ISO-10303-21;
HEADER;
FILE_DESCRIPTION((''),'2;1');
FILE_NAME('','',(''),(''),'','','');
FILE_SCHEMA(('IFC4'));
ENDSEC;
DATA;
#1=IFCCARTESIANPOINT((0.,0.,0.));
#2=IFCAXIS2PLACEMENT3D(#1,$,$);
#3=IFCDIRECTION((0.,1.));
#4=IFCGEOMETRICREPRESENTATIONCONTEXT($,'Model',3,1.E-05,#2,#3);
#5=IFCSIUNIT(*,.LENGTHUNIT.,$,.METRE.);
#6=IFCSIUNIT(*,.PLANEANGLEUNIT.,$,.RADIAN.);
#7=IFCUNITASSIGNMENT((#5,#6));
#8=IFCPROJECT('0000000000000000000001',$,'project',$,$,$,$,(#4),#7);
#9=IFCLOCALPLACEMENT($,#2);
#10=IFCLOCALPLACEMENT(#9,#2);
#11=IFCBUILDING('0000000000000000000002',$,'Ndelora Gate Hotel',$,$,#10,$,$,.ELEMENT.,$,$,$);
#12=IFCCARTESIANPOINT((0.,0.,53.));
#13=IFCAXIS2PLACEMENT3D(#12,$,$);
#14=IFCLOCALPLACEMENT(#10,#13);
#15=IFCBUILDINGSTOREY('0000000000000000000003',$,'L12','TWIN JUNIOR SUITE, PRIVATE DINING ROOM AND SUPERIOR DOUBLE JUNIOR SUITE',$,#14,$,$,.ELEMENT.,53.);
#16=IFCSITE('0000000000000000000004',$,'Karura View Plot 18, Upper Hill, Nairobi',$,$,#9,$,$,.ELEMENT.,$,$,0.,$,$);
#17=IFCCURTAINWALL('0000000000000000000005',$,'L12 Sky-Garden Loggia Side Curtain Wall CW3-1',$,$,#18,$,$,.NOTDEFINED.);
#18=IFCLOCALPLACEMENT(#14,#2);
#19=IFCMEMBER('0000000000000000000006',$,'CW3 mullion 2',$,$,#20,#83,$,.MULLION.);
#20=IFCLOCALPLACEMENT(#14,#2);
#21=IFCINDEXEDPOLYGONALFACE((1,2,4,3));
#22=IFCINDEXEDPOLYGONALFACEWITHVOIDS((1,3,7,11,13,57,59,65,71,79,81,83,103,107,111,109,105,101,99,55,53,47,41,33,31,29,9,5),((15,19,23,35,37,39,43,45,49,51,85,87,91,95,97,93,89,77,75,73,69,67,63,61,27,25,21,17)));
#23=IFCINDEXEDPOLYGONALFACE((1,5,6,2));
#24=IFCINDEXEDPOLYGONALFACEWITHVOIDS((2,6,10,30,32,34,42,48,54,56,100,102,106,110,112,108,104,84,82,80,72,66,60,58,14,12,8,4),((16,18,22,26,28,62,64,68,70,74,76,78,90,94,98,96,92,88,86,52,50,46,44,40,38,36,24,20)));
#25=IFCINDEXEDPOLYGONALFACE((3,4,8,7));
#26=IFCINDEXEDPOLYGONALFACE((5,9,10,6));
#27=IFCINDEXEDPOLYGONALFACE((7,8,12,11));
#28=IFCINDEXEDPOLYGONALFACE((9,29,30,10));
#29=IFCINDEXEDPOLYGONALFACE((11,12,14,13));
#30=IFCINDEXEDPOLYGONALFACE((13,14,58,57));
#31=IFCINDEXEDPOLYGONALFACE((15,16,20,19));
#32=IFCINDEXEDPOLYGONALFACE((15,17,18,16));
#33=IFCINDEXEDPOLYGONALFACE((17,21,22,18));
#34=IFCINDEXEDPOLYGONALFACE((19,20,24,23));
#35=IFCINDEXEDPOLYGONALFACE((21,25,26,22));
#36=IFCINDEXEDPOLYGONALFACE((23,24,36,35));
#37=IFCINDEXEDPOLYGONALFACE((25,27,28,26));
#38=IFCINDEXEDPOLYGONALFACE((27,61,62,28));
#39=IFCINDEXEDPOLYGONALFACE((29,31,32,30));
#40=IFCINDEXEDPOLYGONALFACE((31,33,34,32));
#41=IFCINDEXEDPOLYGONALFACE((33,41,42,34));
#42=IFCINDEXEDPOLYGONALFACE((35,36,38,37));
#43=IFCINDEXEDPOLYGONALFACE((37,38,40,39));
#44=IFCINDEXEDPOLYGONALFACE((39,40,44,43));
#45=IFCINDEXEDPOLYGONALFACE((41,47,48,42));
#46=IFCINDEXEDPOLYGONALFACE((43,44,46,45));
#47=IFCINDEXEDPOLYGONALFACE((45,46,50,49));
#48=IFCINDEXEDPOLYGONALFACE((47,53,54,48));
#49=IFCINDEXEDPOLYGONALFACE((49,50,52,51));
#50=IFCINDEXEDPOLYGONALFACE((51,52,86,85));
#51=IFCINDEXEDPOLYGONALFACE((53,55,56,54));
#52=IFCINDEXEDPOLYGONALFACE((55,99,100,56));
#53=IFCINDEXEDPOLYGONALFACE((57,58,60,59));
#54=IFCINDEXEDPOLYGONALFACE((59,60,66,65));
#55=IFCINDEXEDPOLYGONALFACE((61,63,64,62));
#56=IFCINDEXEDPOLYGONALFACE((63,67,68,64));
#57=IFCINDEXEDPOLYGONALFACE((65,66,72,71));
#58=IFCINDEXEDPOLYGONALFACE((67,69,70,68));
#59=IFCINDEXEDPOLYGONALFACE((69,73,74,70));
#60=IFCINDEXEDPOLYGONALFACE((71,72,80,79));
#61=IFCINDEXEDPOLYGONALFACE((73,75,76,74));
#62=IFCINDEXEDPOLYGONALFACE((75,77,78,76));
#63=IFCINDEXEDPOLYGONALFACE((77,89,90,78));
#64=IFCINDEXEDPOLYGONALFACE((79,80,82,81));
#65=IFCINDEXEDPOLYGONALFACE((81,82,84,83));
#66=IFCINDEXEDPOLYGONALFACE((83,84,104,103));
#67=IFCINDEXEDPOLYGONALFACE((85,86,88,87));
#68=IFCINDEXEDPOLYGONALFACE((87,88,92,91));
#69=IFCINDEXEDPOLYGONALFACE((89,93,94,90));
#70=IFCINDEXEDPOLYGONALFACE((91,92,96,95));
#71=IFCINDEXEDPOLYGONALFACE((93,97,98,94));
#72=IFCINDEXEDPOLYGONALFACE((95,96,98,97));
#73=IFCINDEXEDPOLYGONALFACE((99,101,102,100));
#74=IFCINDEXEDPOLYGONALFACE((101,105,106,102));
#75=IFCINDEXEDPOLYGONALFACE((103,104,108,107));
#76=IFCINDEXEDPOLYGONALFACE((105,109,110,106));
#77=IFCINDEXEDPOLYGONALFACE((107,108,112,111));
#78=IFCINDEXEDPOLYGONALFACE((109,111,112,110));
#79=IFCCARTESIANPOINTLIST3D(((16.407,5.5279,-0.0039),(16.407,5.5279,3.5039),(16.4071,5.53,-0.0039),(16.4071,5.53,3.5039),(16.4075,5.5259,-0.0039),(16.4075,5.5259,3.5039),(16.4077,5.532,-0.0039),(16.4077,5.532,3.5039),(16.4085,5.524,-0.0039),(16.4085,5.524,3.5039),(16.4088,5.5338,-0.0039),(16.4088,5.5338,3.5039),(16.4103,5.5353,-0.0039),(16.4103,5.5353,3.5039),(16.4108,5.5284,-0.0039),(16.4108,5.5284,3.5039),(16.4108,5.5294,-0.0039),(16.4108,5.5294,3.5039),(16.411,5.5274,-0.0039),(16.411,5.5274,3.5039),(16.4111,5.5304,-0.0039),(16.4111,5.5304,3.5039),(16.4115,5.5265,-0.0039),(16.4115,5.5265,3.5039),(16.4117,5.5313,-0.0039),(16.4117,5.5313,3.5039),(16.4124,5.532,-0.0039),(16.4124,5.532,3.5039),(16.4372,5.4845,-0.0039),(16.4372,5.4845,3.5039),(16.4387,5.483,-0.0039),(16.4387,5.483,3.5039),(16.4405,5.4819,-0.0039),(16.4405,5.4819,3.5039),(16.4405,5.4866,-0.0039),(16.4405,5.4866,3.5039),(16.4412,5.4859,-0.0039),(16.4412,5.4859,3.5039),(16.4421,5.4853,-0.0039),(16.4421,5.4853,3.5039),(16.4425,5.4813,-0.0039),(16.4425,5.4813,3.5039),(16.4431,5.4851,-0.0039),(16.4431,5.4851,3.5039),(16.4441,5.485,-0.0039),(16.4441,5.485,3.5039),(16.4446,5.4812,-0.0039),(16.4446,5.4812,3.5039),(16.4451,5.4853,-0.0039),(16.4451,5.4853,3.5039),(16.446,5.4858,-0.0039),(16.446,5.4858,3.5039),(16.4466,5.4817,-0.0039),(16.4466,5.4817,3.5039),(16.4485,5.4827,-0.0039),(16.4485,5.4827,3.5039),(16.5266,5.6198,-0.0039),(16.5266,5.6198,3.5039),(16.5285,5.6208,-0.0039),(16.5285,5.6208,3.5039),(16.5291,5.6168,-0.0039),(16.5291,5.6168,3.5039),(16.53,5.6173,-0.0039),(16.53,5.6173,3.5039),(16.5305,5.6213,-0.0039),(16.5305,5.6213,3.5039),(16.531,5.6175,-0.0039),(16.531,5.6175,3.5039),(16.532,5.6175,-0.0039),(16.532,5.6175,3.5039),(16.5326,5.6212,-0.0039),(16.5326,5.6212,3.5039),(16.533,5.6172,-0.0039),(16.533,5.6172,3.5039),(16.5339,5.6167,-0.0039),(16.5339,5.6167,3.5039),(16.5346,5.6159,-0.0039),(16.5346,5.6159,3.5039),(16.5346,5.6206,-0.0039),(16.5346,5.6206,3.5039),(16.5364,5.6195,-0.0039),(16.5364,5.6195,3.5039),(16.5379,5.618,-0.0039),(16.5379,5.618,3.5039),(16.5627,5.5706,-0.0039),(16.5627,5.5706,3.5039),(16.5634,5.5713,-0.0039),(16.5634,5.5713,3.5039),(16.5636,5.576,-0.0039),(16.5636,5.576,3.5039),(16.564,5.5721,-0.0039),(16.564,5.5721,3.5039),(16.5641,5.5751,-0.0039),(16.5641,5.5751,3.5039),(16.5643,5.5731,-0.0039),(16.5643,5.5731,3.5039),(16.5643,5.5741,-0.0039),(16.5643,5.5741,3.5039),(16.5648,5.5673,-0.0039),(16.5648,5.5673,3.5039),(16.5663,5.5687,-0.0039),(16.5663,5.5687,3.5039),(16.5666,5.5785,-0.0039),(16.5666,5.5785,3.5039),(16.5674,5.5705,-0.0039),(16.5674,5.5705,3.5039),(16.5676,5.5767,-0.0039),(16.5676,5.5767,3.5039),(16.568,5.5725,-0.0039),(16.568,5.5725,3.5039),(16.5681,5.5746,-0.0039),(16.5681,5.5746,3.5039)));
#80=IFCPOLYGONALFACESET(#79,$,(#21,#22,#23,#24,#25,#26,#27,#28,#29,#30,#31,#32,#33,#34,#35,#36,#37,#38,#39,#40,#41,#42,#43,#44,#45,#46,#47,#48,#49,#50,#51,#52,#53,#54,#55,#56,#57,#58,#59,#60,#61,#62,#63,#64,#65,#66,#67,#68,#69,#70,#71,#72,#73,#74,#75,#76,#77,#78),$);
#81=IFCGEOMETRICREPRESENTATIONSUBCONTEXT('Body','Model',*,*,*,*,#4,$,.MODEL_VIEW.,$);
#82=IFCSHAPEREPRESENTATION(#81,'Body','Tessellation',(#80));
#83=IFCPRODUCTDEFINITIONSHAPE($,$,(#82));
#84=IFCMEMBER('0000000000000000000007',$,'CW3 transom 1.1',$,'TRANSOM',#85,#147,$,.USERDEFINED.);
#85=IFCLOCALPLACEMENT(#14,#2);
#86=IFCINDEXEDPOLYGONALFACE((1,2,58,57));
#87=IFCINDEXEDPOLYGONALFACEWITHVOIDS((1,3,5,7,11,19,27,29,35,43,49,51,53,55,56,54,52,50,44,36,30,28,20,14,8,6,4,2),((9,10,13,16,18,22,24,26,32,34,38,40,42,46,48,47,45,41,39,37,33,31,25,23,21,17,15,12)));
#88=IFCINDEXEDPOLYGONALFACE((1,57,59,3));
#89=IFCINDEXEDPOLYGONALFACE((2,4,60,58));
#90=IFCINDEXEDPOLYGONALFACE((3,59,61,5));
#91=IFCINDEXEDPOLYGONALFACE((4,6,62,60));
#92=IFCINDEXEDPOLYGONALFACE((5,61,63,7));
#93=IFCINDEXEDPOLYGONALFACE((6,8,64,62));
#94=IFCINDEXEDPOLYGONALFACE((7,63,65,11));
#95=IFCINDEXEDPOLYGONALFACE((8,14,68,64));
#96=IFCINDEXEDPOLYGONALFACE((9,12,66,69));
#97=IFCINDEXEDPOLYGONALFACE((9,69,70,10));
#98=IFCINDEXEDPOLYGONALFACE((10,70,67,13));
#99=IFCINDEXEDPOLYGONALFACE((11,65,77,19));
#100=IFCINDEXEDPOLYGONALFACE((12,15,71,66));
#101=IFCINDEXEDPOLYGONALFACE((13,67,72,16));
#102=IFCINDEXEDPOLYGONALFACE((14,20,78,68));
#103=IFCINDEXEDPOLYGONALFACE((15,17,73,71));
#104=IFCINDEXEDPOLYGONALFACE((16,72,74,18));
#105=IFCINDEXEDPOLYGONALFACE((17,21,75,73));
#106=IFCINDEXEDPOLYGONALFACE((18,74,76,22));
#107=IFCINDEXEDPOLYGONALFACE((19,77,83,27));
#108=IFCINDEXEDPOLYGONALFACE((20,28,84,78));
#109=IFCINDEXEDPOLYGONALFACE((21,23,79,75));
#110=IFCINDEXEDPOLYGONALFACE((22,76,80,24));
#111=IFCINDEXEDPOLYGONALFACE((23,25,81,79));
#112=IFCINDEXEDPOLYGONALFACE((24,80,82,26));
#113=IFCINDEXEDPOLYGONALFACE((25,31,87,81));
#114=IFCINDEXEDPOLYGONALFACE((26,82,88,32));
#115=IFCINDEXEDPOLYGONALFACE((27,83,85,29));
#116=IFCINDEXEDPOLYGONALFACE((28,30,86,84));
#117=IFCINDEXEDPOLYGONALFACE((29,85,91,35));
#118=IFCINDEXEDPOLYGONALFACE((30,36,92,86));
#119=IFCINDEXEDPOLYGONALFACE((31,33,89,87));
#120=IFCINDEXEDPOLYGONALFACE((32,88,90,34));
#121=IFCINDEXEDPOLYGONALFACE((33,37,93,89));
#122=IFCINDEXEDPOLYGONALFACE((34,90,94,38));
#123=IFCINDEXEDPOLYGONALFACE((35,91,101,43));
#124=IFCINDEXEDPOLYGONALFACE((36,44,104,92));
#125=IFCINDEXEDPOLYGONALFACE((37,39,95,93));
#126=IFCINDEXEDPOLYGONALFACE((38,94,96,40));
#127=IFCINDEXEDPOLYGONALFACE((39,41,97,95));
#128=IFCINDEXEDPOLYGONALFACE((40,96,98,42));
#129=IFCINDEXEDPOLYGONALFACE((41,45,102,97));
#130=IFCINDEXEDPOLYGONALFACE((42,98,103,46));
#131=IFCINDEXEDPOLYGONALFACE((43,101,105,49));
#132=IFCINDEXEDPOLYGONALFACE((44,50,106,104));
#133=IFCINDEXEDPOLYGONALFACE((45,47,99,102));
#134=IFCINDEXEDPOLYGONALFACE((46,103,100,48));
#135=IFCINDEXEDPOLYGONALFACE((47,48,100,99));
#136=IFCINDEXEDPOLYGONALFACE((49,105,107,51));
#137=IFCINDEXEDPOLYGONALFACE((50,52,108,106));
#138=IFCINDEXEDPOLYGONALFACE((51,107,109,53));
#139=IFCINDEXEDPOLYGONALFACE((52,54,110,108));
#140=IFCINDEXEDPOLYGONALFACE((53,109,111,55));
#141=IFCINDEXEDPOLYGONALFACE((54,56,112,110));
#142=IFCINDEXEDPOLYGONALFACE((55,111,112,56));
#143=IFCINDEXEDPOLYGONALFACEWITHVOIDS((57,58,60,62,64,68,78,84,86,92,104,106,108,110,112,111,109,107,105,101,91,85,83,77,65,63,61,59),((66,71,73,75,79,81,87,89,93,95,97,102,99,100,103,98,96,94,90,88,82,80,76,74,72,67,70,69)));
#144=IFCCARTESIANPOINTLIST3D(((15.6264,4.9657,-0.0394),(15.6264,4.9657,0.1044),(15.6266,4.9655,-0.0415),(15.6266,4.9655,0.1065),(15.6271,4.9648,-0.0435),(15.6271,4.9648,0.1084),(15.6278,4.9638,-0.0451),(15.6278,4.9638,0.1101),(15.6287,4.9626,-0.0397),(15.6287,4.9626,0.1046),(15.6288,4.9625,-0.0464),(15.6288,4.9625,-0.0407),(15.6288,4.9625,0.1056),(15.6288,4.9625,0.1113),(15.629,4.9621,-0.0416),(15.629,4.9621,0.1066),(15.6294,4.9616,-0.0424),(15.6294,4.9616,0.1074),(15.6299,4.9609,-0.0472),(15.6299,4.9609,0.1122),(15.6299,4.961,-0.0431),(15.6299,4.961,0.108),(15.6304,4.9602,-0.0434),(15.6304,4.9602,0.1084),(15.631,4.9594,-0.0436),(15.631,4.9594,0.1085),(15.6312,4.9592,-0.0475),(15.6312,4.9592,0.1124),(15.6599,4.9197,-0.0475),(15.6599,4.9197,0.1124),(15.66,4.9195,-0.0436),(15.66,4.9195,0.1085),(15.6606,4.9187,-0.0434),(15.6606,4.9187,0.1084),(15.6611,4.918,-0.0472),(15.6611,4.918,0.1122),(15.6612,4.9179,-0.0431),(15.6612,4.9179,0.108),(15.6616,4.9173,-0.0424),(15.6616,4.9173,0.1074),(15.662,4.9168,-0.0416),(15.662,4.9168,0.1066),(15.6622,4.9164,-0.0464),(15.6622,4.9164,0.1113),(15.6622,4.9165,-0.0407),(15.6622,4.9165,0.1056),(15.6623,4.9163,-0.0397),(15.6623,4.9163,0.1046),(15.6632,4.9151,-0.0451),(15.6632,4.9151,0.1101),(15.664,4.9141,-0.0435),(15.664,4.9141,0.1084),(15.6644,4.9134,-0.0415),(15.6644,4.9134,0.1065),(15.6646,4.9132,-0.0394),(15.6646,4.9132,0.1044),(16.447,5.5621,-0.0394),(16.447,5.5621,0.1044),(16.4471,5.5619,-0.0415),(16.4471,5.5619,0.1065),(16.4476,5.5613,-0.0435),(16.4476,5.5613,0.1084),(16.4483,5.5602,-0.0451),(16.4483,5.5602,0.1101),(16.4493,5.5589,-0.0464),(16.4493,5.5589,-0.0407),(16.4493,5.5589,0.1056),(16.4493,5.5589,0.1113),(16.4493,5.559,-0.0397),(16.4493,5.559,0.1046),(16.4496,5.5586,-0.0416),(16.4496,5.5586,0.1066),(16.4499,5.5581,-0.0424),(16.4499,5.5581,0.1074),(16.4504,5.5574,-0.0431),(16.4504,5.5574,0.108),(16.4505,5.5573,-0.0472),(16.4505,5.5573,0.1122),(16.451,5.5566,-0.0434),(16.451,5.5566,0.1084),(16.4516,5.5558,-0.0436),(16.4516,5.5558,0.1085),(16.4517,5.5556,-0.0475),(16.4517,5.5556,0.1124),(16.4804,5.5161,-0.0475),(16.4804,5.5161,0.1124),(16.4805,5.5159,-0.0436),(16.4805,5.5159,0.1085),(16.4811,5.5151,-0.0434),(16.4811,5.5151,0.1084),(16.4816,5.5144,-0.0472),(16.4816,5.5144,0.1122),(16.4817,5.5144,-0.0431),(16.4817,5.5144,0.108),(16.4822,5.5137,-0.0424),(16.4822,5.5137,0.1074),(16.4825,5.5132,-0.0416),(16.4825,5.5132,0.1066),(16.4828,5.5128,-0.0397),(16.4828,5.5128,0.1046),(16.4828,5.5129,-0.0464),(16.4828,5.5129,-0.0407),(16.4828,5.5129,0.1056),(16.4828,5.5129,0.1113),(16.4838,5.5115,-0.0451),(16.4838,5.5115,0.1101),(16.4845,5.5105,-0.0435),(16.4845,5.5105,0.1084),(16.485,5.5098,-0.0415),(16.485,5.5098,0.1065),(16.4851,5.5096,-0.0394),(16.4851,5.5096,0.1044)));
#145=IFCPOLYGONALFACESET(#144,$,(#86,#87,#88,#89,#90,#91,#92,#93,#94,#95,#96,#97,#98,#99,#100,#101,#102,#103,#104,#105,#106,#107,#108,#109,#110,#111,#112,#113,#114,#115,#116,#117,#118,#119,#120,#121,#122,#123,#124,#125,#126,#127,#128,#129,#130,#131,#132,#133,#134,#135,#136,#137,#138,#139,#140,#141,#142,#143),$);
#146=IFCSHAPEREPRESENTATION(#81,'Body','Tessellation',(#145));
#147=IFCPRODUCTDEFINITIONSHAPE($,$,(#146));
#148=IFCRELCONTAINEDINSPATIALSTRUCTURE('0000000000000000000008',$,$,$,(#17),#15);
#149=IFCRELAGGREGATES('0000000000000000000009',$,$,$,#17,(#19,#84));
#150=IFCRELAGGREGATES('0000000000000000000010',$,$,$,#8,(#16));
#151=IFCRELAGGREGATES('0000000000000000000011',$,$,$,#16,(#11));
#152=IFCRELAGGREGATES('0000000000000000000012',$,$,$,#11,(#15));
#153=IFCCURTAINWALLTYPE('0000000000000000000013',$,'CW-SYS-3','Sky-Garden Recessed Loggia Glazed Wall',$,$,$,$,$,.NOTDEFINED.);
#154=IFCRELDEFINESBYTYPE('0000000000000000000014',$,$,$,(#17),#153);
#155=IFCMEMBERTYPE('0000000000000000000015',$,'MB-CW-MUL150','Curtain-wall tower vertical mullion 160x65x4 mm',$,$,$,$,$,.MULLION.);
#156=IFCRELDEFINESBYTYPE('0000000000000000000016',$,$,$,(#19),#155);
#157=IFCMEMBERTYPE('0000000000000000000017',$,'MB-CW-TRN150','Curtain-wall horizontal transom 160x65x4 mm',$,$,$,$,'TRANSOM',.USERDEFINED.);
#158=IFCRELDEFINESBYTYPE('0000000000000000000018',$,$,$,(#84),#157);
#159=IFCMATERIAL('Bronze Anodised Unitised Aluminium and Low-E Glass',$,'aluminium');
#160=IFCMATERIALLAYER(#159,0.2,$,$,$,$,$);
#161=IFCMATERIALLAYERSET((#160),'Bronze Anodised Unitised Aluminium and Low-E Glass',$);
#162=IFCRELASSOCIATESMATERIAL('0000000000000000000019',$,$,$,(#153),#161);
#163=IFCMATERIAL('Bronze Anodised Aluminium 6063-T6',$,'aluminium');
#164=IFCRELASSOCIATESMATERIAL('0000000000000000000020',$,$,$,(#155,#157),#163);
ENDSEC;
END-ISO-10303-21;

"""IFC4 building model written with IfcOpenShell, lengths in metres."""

from ifc_helpers import new_model, si_unit, direction, frame, origin, origin_2d, place, context, subcontext, project, spatial, hollow_rectangle, extrude, material, layer, layer_set, material_profile, profile_set, type_object, element, aggregate, save


model = new_model("IFC4")

# Units and contexts
model_context = context("Model", 3, precision=1e-05, world=origin(), true_north=direction((0.0, 1.0)))
body_context = subcontext(model_context, "Body", "Model", "MODEL_VIEW")
ifc_project = project(units=[si_unit("LENGTHUNIT", "METRE"), si_unit("PLANEANGLEUNIT", "RADIAN")], contexts=[model_context])

# Site, building, storey
site_placement = place(None, origin())
site = spatial("IfcSite", under=ifc_project, at=site_placement, Name="Karura View Plot 18, Upper Hill, Nairobi", CompositionType="ELEMENT", RefElevation=0.0)
building_placement = place(site_placement, origin())
building = spatial("IfcBuilding", under=site, at=building_placement, Name="Ndelora Gate Hotel", CompositionType="ELEMENT")
storey_placement = place(building_placement, frame((0.0, 0.0, 53.0)))
storey = spatial("IfcBuildingStorey", under=building, at=storey_placement, Name="L12", Description="TWIN JUNIOR SUITE, PRIVATE DINING ROOM AND SUPERIOR DOUBLE JUNIOR SUITE", CompositionType="ELEMENT", Elevation=53.0)

# Curtain wall, members
ifc_material_1 = material(Name="Bronze Anodised Unitised Aluminium and Low-E Glass", Category="aluminium")
ifc_layer_1 = layer(ifc_material_1, 0.2)
ifc_layer_set_1 = layer_set([ifc_layer_1], Name="Bronze Anodised Unitised Aluminium and Low-E Glass")
curtain_wall_type = type_object("IfcCurtainWallType", Name="CW-SYS-3", Description="Sky-Garden Recessed Loggia Glazed Wall", PredefinedType="NOTDEFINED", material=ifc_layer_set_1)
curtain_wall_placement = place(storey_placement, origin())
curtain_wall = element("IfcCurtainWall", 1, at=curtain_wall_placement, inside=storey, type_object=curtain_wall_type, Name="L12 Sky-Garden Loggia Side Curtain Wall CW3-1", PredefinedType="NOTDEFINED")
ifc_material_2 = material(Name="Bronze Anodised Aluminium 6063-T6", Category="aluminium")
ifc_material_profile_1 = material_profile(ifc_material_2, hollow_rectangle(XDim=0.0649, YDim=0.1599, WallThickness=0.0039, InnerFilletRadius=0.0039, OuterFilletRadius=0.0081, at=origin_2d()), Name="ALU 160x65x4")
ifc_profile_set_1 = profile_set([ifc_material_profile_1], Name="Bronze Anodised Aluminium 6063-T6")
member_type_1 = type_object("IfcMemberType", Name="MB-CW-MUL150", Description="Curtain-wall tower vertical mullion 160x65x4 mm", PredefinedType="MULLION", material=ifc_profile_set_1)
member_1_placement = place(storey_placement, frame((16.4875, 5.5513, -0.0039), z_axis=(0.0, 0.0, 1.0), x_axis=(-0.587785, 0.809017, 0.0)))
member_1 = element("IfcMember", 2, at=member_1_placement, type_object=member_type_1, Name="CW3 mullion 2", PredefinedType="MULLION", context=body_context, shape_type="SweptSolid", body=[
    extrude(hollow_rectangle(XDim=0.0649, YDim=0.1599, WallThickness=0.0039, InnerFilletRadius=0.0039, OuterFilletRadius=0.0081, at=origin_2d()), origin(), (0.0, 0.0, 1.0), 3.5078),
])
ifc_material_profile_2 = material_profile(ifc_material_2, hollow_rectangle(XDim=0.0649, YDim=0.1599, WallThickness=0.0039, InnerFilletRadius=0.0039, OuterFilletRadius=0.0081, at=origin_2d()), Name="ALU 160x65x4")
ifc_profile_set_2 = profile_set([ifc_material_profile_2], Name="Bronze Anodised Aluminium 6063-T6")
member_type_2 = type_object("IfcMemberType", Name="MB-CW-TRN150", Description="Curtain-wall horizontal transom 160x65x4 mm", ElementType="TRANSOM", PredefinedType="USERDEFINED", material=ifc_profile_set_2)
member_2_placement = place(storey_placement, frame((15.6455, 4.9395, 0.0325), z_axis=(0.808892, 0.587957, 0.0), x_axis=(-0.587957, 0.808892, 0.0)))
member_2 = element("IfcMember", 3, at=member_2_placement, type_object=member_type_2, Name="CW3 transom 1.1", ObjectType="TRANSOM", PredefinedType="USERDEFINED", context=body_context, shape_type="SweptSolid", body=[
    extrude(hollow_rectangle(XDim=0.0649, YDim=0.1599, WallThickness=0.0039, InnerFilletRadius=0.0039, OuterFilletRadius=0.0081, at=origin_2d()), origin(), (0.0, 0.0, 1.0), 1.0144),
])
aggregate(curtain_wall, [member_1, member_2])

save(model, "model.ifc")
